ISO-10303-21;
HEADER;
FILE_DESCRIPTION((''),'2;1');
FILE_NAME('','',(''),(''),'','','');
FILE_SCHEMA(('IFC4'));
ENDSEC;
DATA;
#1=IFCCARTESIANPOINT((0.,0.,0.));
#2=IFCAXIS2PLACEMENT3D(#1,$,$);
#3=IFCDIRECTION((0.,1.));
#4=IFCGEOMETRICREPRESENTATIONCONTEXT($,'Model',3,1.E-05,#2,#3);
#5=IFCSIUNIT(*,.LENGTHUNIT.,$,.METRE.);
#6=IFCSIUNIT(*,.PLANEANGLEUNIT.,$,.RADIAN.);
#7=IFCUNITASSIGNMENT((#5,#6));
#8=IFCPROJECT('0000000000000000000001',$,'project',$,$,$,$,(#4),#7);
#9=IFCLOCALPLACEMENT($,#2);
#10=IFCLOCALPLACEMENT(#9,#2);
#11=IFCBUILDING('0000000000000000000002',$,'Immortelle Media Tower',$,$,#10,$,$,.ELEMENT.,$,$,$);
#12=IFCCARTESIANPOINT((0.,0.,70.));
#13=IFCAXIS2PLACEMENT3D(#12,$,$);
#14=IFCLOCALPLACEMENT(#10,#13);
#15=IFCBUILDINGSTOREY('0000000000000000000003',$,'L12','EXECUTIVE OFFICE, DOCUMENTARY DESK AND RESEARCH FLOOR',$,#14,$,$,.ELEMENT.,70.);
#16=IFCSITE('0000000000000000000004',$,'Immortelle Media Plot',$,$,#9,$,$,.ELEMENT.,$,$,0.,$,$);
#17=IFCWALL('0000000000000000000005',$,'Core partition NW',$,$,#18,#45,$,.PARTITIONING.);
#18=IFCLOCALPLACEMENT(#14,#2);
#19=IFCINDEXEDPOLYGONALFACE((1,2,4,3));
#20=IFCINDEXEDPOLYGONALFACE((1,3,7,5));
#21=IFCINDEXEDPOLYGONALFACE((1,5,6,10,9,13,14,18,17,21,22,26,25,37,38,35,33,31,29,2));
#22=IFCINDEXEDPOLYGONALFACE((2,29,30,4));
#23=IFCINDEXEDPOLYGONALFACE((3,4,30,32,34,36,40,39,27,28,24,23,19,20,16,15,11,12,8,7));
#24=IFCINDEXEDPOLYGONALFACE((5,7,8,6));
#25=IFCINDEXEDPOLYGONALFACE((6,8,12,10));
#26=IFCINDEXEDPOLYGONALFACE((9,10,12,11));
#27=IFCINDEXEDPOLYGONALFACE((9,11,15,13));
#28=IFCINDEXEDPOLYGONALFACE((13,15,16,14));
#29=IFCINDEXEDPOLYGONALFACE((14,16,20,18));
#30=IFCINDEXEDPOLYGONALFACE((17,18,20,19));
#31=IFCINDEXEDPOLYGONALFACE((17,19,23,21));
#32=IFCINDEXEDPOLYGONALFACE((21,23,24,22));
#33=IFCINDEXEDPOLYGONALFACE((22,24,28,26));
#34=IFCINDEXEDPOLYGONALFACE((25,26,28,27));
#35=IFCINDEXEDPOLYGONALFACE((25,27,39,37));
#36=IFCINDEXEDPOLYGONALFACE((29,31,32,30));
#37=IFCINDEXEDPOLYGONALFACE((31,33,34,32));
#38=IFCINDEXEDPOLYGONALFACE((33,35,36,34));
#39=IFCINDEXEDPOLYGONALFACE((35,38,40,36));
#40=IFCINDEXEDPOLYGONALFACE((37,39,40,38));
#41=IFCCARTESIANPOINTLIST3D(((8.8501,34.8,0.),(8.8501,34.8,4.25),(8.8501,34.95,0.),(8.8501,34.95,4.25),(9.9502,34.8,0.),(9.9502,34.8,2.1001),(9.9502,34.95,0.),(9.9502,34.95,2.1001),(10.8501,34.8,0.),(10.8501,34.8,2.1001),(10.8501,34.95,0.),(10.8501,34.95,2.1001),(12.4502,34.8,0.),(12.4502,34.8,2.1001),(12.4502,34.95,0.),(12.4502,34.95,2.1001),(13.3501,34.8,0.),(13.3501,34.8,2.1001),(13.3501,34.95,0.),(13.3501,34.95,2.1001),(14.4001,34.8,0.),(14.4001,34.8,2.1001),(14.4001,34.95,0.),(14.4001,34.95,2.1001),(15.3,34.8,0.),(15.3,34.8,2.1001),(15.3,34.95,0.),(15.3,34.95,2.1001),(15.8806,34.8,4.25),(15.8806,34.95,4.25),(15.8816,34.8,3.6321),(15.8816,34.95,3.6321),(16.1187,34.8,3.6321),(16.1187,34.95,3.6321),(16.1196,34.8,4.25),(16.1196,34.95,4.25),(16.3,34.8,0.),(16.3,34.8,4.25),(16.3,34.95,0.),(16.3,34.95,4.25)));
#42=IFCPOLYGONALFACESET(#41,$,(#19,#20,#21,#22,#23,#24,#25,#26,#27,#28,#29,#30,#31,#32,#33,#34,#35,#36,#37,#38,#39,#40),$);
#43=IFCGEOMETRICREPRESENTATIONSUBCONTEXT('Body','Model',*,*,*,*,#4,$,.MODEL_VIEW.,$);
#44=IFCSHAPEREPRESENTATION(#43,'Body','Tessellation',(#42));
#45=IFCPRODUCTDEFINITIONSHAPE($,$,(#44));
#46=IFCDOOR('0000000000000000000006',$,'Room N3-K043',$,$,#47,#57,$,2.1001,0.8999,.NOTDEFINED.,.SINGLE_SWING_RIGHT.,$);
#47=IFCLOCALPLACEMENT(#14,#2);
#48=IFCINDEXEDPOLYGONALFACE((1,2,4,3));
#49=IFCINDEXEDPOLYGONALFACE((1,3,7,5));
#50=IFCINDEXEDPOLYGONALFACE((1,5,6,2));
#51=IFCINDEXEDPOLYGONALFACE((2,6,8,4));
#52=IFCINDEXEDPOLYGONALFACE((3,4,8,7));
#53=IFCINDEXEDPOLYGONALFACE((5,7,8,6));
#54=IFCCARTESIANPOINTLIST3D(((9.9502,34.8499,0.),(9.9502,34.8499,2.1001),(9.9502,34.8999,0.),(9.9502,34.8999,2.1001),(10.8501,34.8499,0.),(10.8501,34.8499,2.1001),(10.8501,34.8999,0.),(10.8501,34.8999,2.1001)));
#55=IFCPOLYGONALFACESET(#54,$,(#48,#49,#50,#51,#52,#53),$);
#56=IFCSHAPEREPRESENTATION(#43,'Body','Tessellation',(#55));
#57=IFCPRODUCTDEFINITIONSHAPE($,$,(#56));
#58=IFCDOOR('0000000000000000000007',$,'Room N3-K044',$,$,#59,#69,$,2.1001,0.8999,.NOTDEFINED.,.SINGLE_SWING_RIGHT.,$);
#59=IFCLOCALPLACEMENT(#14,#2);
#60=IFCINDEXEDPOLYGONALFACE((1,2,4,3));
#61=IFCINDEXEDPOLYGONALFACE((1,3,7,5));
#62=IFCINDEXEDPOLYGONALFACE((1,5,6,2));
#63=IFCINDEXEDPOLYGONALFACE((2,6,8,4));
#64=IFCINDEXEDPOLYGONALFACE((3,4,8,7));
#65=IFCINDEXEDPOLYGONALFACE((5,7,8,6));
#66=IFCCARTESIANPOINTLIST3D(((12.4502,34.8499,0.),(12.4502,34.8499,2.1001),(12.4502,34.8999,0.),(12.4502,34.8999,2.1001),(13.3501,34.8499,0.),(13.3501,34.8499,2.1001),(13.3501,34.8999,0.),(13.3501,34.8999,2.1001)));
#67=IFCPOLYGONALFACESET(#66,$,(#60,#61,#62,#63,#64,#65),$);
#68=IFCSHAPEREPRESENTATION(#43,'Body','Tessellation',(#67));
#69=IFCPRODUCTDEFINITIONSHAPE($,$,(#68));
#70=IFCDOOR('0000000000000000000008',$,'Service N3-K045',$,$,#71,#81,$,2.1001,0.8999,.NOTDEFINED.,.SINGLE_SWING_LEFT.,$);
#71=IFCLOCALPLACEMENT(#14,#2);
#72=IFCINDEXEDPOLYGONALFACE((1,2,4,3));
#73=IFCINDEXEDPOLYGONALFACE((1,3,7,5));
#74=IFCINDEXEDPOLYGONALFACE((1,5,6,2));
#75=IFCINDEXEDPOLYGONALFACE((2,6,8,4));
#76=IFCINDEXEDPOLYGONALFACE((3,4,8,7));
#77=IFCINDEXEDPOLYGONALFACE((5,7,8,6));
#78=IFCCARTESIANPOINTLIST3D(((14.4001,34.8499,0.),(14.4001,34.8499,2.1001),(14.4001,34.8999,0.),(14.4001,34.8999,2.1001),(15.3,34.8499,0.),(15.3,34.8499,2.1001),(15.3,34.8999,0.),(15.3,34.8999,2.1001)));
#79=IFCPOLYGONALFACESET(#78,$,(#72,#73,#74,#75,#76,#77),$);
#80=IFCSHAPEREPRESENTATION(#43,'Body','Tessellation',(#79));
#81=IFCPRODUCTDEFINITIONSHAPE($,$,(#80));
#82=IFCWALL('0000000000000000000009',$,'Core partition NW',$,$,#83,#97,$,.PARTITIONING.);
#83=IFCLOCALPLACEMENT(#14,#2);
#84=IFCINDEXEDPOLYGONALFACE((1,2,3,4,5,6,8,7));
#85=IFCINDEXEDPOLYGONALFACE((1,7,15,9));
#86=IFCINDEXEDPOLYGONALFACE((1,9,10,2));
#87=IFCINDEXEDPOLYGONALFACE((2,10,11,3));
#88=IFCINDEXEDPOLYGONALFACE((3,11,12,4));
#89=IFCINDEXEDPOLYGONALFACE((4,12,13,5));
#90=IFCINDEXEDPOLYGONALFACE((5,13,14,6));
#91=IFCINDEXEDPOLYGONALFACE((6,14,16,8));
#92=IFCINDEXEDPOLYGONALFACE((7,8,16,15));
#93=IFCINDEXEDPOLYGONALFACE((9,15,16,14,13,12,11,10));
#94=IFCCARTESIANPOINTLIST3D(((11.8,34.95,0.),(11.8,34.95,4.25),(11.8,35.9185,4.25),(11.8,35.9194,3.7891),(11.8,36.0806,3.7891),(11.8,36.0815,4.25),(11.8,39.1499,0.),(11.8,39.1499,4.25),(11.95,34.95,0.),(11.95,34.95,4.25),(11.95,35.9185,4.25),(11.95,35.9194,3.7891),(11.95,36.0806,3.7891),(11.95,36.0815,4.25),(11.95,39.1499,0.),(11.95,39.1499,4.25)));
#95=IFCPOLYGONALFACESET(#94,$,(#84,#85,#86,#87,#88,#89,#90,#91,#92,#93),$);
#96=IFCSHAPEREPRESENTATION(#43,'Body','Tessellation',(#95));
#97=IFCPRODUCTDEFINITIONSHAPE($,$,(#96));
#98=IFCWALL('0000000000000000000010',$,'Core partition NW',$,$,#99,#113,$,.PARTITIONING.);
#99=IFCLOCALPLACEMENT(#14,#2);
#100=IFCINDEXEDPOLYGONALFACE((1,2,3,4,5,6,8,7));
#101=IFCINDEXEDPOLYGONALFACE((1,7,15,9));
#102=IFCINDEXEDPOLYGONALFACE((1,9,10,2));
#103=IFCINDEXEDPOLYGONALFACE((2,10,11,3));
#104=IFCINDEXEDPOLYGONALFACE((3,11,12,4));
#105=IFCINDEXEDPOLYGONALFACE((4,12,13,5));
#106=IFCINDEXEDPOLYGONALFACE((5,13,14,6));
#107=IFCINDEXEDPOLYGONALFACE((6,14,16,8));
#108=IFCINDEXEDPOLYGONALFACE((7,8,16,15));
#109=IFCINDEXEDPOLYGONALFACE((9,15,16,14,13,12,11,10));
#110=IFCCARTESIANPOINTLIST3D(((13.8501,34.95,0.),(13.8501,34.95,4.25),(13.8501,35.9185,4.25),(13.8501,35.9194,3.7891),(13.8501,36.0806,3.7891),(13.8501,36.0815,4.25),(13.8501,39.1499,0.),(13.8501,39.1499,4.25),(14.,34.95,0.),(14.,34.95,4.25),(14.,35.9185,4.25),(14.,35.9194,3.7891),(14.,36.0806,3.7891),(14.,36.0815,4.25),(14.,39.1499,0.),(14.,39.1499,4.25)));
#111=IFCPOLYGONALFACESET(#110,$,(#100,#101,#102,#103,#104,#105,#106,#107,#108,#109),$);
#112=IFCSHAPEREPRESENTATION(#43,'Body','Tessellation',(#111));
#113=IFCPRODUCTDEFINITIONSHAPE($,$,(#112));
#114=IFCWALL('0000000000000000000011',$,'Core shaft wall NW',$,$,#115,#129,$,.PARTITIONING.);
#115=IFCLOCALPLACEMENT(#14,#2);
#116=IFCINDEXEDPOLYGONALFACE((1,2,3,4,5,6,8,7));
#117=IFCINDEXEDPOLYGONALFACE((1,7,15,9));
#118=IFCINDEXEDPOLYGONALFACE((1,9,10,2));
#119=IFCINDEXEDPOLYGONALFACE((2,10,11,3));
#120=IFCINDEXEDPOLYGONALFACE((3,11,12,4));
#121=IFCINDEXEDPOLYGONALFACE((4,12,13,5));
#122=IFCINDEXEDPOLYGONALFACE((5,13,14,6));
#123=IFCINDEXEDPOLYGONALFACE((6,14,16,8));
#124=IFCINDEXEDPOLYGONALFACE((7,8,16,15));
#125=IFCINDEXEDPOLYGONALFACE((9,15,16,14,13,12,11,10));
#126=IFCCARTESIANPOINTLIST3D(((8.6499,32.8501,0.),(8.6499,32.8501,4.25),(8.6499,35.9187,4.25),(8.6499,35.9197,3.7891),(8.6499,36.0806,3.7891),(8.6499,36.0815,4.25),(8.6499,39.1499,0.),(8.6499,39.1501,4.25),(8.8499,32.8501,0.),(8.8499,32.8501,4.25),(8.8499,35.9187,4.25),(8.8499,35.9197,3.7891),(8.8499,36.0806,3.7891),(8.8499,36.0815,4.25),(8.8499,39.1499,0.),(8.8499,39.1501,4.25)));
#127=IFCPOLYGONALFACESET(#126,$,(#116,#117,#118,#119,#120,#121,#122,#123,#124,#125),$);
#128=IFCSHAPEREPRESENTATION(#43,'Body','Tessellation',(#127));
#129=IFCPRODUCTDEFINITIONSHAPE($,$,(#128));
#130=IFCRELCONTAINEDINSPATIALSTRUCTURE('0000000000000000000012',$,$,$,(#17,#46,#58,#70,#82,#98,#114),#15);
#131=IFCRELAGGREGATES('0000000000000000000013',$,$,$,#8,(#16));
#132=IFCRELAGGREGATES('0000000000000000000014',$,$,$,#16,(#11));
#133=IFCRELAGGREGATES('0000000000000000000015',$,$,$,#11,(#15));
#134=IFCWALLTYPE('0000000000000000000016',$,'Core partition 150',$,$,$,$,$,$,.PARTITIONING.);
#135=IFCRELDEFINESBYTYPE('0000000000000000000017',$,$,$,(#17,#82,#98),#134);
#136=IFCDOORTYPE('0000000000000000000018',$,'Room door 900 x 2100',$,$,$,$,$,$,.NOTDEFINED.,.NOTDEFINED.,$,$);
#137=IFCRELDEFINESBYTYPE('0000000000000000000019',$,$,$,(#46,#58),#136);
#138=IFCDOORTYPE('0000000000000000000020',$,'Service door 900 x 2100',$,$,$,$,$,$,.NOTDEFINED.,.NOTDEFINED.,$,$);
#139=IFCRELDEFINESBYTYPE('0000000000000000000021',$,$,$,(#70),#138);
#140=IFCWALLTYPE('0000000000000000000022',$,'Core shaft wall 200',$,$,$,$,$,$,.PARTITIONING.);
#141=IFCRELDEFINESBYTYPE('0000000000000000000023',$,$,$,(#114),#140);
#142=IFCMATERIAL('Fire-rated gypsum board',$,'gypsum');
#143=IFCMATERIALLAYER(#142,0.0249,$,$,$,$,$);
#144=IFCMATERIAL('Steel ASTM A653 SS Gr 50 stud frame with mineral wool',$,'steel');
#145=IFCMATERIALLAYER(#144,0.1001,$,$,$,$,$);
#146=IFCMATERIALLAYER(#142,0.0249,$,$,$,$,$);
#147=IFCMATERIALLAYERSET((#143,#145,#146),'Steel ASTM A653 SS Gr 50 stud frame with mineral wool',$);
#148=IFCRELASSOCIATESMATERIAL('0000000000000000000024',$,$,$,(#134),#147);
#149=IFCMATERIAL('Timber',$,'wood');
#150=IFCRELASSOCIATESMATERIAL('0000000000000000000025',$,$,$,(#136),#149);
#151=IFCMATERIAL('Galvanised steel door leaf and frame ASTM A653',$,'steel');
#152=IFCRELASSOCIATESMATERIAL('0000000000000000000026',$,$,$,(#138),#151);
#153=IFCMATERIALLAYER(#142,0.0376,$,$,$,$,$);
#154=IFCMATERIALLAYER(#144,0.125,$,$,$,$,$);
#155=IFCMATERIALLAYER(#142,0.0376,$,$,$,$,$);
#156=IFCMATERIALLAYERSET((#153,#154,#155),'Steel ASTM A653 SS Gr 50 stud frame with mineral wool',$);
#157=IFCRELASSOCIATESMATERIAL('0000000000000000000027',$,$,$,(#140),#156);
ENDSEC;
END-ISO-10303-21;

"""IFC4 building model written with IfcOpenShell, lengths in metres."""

from ifc_helpers import new_model, si_unit, direction, frame, frame_2d, origin, place, context, subcontext, project, spatial, polyline, rectangle, outline, extrude, material, layer, layer_set, type_object, element, fill, save


model = new_model("IFC4")

# Units and contexts
model_context = context("Model", 3, precision=1e-05, world=origin(), true_north=direction((0.0, 1.0)))
body_context = subcontext(model_context, "Body", "Model", "MODEL_VIEW")
ifc_project = project(units=[si_unit("LENGTHUNIT", "METRE"), si_unit("PLANEANGLEUNIT", "RADIAN")], contexts=[model_context])

# Site, building, storey
site_placement = place(None, origin())
site = spatial("IfcSite", under=ifc_project, at=site_placement, Name="Immortelle Media Plot", CompositionType="ELEMENT", RefElevation=0.0)
building_placement = place(site_placement, origin())
building = spatial("IfcBuilding", under=site, at=building_placement, Name="Immortelle Media Tower", CompositionType="ELEMENT")
storey_placement = place(building_placement, frame((0.0, 0.0, 70.0)))
storey = spatial("IfcBuildingStorey", under=building, at=storey_placement, Name="L12", Description="EXECUTIVE OFFICE, DOCUMENTARY DESK AND RESEARCH FLOOR", CompositionType="ELEMENT", Elevation=70.0)

# Wall, openings, doors
ifc_material_1 = material(Name="Fire-rated gypsum board", Category="gypsum")
ifc_layer_1 = layer(ifc_material_1, 0.0249)
ifc_material_2 = material(Name="Steel ASTM A653 SS Gr 50 stud frame with mineral wool", Category="steel")
ifc_layer_2 = layer(ifc_material_2, 0.1001)
ifc_layer_3 = layer(ifc_material_1, 0.0249)
ifc_layer_set_1 = layer_set([ifc_layer_1, ifc_layer_2, ifc_layer_3], Name="Steel ASTM A653 SS Gr 50 stud frame with mineral wool")
wall_type_1 = type_object("IfcWallType", Name="Core partition 150", PredefinedType="PARTITIONING", material=ifc_layer_set_1)
wall_1_placement = place(storey_placement, frame((8.8501, 34.875, 0.0), z_axis=(0.0, 0.0, 1.0), x_axis=(1.0, 0.0, 0.0)))
wall_1 = element("IfcWall", 1, at=wall_1_placement, inside=storey, type_object=wall_type_1, Name="Core partition NW", PredefinedType="PARTITIONING", context=body_context, shape_type="SweptSolid", body=[
    extrude(outline(polyline([(0.0, 0.0), (7.45, 0.0), (7.45, 4.25), (7.2695, 4.25), (7.2686, 3.6321), (7.0315, 3.6321), (7.0305, 4.25), (0.0, 4.25), (0.0, 0.0)])), frame((0.0, 0.075, 0.0), z_axis=(0.0, -1.0, 0.0), x_axis=(1.0, 0.0, 0.0)), (0.0, 0.0, 1.0), 0.1499),
])
opening_1_placement = place(wall_1_placement, frame((1.1001, 0.0, 0.0)))
opening_1 = element("IfcOpeningElement", 2, at=opening_1_placement, cuts=wall_1, PredefinedType="OPENING", context=body_context, shape_type="SweptSolid", body=[
    extrude(rectangle(XDim=0.8999, YDim=2.1001, at=frame_2d((0.45, 1.05))), frame((0.0, 0.085, 0.0), z_axis=(0.0, -1.0, 0.0), x_axis=(1.0, 0.0, 0.0)), (0.0, 0.0, 1.0), 0.1699),
])
opening_2_placement = place(wall_1_placement, frame((3.6001, 0.0, 0.0)))
opening_2 = element("IfcOpeningElement", 3, at=opening_2_placement, cuts=wall_1, PredefinedType="OPENING", context=body_context, shape_type="SweptSolid", body=[
    extrude(rectangle(XDim=0.8999, YDim=2.1001, at=frame_2d((0.45, 1.05))), frame((0.0, 0.085, 0.0), z_axis=(0.0, -1.0, 0.0), x_axis=(1.0, 0.0, 0.0)), (0.0, 0.0, 1.0), 0.1699),
])
opening_3_placement = place(wall_1_placement, frame((5.55, 0.0, 0.0)))
opening_3 = element("IfcOpeningElement", 4, at=opening_3_placement, cuts=wall_1, PredefinedType="OPENING", context=body_context, shape_type="SweptSolid", body=[
    extrude(rectangle(XDim=0.8999, YDim=2.1001, at=frame_2d((0.45, 1.05))), frame((0.0, 0.085, 0.0), z_axis=(0.0, -1.0, 0.0), x_axis=(1.0, 0.0, 0.0)), (0.0, 0.0, 1.0), 0.1699),
])
ifc_material_3 = material(Name="Timber", Category="wood")
door_type_1 = type_object("IfcDoorType", Name="Room door 900 x 2100", OperationType="NOTDEFINED", PredefinedType="NOTDEFINED", material=ifc_material_3)
door_1_placement = place(opening_1_placement, origin())
door_1 = element("IfcDoor", 5, at=door_1_placement, inside=storey, type_object=door_type_1, Name="Room N3-K043", OperationType="SINGLE_SWING_RIGHT", OverallHeight=2.1001, OverallWidth=0.8999, PredefinedType="NOTDEFINED", context=body_context, shape_type="SweptSolid", body=[
    extrude(rectangle(XDim=0.8999, YDim=2.1001, at=frame_2d((0.45, 1.05))), frame((0.0, 0.0249, 0.0), z_axis=(0.0, -1.0, 0.0), x_axis=(1.0, 0.0, 0.0)), (0.0, 0.0, 1.0), 0.05),
])
fill(opening_1, door_1)
door_2_placement = place(opening_2_placement, origin())
door_2 = element("IfcDoor", 6, at=door_2_placement, inside=storey, type_object=door_type_1, Name="Room N3-K044", OperationType="SINGLE_SWING_RIGHT", OverallHeight=2.1001, OverallWidth=0.8999, PredefinedType="NOTDEFINED", context=body_context, shape_type="SweptSolid", body=[
    extrude(rectangle(XDim=0.8999, YDim=2.1001, at=frame_2d((0.45, 1.05))), frame((0.0, 0.0249, 0.0), z_axis=(0.0, -1.0, 0.0), x_axis=(1.0, 0.0, 0.0)), (0.0, 0.0, 1.0), 0.05),
])
fill(opening_2, door_2)
ifc_material_4 = material(Name="Galvanised steel door leaf and frame ASTM A653", Category="steel")
door_type_2 = type_object("IfcDoorType", Name="Service door 900 x 2100", OperationType="NOTDEFINED", PredefinedType="NOTDEFINED", material=ifc_material_4)
door_3_placement = place(opening_3_placement, origin())
door_3 = element("IfcDoor", 7, at=door_3_placement, inside=storey, type_object=door_type_2, Name="Service N3-K045", OperationType="SINGLE_SWING_LEFT", OverallHeight=2.1001, OverallWidth=0.8999, PredefinedType="NOTDEFINED", context=body_context, shape_type="SweptSolid", body=[
    extrude(rectangle(XDim=0.8999, YDim=2.1001, at=frame_2d((0.45, 1.05))), frame((0.0, 0.0249, 0.0), z_axis=(0.0, -1.0, 0.0), x_axis=(1.0, 0.0, 0.0)), (0.0, 0.0, 1.0), 0.05),
])
fill(opening_3, door_3)

# Walls
for number, where, z_axis, x_axis, name in (
    (8, (11.875, 34.95, 0.0), (0.0, 0.0, 1.0), (0.0, 1.0, 0.0), "Core partition NW"),
    (9, (13.925, 34.95, 0.0), (0.0, 0.0, 1.0), (0.0, 1.0, 0.0), "Core partition NW"),
):
    element("IfcWall", number, at=place(storey_placement, frame(where, z_axis=z_axis, x_axis=x_axis)), inside=storey, type_object=wall_type_1, Name=name, PredefinedType="PARTITIONING", context=body_context, shape_type="SweptSolid", body=[
        extrude(outline(polyline([(0.0, 0.0), (4.2, 0.0), (4.2, 4.25), (1.1316, 4.25), (1.1306, 3.7891), (0.9695, 3.7891), (0.9685, 4.25), (0.0, 4.25), (0.0, 0.0)])), frame((0.0, 0.075, 0.0), z_axis=(0.0, -1.0, 0.0), x_axis=(1.0, 0.0, 0.0)), (0.0, 0.0, 1.0), 0.1499),
    ])
ifc_layer_4 = layer(ifc_material_1, 0.0376)
ifc_layer_5 = layer(ifc_material_2, 0.125)
ifc_layer_6 = layer(ifc_material_1, 0.0376)
ifc_layer_set_2 = layer_set([ifc_layer_4, ifc_layer_5, ifc_layer_6], Name="Steel ASTM A653 SS Gr 50 stud frame with mineral wool")
wall_type_2 = type_object("IfcWallType", Name="Core shaft wall 200", PredefinedType="PARTITIONING", material=ifc_layer_set_2)
wall_2_placement = place(storey_placement, frame((8.75, 32.8501, 0.0), z_axis=(0.0, 0.0, 1.0), x_axis=(0.0, 1.0, 0.0)))
element("IfcWall", 10, at=wall_2_placement, inside=storey, type_object=wall_type_2, Name="Core shaft wall NW", PredefinedType="PARTITIONING", context=body_context, shape_type="SweptSolid", body=[
    extrude(outline(polyline([(0.0, 0.0), (6.2998, 0.0), (6.3, 4.25), (3.2314, 4.25), (3.2305, 3.7891), (3.0696, 3.7891), (3.0686, 4.25), (0.0, 4.25), (0.0, 0.0)])), frame((0.0, 0.1001, 0.0), z_axis=(0.0, -1.0, 0.0), x_axis=(1.0, 0.0, 0.0)), (0.0, 0.0, 1.0), 0.2),
])

save(model, "model.ifc")
